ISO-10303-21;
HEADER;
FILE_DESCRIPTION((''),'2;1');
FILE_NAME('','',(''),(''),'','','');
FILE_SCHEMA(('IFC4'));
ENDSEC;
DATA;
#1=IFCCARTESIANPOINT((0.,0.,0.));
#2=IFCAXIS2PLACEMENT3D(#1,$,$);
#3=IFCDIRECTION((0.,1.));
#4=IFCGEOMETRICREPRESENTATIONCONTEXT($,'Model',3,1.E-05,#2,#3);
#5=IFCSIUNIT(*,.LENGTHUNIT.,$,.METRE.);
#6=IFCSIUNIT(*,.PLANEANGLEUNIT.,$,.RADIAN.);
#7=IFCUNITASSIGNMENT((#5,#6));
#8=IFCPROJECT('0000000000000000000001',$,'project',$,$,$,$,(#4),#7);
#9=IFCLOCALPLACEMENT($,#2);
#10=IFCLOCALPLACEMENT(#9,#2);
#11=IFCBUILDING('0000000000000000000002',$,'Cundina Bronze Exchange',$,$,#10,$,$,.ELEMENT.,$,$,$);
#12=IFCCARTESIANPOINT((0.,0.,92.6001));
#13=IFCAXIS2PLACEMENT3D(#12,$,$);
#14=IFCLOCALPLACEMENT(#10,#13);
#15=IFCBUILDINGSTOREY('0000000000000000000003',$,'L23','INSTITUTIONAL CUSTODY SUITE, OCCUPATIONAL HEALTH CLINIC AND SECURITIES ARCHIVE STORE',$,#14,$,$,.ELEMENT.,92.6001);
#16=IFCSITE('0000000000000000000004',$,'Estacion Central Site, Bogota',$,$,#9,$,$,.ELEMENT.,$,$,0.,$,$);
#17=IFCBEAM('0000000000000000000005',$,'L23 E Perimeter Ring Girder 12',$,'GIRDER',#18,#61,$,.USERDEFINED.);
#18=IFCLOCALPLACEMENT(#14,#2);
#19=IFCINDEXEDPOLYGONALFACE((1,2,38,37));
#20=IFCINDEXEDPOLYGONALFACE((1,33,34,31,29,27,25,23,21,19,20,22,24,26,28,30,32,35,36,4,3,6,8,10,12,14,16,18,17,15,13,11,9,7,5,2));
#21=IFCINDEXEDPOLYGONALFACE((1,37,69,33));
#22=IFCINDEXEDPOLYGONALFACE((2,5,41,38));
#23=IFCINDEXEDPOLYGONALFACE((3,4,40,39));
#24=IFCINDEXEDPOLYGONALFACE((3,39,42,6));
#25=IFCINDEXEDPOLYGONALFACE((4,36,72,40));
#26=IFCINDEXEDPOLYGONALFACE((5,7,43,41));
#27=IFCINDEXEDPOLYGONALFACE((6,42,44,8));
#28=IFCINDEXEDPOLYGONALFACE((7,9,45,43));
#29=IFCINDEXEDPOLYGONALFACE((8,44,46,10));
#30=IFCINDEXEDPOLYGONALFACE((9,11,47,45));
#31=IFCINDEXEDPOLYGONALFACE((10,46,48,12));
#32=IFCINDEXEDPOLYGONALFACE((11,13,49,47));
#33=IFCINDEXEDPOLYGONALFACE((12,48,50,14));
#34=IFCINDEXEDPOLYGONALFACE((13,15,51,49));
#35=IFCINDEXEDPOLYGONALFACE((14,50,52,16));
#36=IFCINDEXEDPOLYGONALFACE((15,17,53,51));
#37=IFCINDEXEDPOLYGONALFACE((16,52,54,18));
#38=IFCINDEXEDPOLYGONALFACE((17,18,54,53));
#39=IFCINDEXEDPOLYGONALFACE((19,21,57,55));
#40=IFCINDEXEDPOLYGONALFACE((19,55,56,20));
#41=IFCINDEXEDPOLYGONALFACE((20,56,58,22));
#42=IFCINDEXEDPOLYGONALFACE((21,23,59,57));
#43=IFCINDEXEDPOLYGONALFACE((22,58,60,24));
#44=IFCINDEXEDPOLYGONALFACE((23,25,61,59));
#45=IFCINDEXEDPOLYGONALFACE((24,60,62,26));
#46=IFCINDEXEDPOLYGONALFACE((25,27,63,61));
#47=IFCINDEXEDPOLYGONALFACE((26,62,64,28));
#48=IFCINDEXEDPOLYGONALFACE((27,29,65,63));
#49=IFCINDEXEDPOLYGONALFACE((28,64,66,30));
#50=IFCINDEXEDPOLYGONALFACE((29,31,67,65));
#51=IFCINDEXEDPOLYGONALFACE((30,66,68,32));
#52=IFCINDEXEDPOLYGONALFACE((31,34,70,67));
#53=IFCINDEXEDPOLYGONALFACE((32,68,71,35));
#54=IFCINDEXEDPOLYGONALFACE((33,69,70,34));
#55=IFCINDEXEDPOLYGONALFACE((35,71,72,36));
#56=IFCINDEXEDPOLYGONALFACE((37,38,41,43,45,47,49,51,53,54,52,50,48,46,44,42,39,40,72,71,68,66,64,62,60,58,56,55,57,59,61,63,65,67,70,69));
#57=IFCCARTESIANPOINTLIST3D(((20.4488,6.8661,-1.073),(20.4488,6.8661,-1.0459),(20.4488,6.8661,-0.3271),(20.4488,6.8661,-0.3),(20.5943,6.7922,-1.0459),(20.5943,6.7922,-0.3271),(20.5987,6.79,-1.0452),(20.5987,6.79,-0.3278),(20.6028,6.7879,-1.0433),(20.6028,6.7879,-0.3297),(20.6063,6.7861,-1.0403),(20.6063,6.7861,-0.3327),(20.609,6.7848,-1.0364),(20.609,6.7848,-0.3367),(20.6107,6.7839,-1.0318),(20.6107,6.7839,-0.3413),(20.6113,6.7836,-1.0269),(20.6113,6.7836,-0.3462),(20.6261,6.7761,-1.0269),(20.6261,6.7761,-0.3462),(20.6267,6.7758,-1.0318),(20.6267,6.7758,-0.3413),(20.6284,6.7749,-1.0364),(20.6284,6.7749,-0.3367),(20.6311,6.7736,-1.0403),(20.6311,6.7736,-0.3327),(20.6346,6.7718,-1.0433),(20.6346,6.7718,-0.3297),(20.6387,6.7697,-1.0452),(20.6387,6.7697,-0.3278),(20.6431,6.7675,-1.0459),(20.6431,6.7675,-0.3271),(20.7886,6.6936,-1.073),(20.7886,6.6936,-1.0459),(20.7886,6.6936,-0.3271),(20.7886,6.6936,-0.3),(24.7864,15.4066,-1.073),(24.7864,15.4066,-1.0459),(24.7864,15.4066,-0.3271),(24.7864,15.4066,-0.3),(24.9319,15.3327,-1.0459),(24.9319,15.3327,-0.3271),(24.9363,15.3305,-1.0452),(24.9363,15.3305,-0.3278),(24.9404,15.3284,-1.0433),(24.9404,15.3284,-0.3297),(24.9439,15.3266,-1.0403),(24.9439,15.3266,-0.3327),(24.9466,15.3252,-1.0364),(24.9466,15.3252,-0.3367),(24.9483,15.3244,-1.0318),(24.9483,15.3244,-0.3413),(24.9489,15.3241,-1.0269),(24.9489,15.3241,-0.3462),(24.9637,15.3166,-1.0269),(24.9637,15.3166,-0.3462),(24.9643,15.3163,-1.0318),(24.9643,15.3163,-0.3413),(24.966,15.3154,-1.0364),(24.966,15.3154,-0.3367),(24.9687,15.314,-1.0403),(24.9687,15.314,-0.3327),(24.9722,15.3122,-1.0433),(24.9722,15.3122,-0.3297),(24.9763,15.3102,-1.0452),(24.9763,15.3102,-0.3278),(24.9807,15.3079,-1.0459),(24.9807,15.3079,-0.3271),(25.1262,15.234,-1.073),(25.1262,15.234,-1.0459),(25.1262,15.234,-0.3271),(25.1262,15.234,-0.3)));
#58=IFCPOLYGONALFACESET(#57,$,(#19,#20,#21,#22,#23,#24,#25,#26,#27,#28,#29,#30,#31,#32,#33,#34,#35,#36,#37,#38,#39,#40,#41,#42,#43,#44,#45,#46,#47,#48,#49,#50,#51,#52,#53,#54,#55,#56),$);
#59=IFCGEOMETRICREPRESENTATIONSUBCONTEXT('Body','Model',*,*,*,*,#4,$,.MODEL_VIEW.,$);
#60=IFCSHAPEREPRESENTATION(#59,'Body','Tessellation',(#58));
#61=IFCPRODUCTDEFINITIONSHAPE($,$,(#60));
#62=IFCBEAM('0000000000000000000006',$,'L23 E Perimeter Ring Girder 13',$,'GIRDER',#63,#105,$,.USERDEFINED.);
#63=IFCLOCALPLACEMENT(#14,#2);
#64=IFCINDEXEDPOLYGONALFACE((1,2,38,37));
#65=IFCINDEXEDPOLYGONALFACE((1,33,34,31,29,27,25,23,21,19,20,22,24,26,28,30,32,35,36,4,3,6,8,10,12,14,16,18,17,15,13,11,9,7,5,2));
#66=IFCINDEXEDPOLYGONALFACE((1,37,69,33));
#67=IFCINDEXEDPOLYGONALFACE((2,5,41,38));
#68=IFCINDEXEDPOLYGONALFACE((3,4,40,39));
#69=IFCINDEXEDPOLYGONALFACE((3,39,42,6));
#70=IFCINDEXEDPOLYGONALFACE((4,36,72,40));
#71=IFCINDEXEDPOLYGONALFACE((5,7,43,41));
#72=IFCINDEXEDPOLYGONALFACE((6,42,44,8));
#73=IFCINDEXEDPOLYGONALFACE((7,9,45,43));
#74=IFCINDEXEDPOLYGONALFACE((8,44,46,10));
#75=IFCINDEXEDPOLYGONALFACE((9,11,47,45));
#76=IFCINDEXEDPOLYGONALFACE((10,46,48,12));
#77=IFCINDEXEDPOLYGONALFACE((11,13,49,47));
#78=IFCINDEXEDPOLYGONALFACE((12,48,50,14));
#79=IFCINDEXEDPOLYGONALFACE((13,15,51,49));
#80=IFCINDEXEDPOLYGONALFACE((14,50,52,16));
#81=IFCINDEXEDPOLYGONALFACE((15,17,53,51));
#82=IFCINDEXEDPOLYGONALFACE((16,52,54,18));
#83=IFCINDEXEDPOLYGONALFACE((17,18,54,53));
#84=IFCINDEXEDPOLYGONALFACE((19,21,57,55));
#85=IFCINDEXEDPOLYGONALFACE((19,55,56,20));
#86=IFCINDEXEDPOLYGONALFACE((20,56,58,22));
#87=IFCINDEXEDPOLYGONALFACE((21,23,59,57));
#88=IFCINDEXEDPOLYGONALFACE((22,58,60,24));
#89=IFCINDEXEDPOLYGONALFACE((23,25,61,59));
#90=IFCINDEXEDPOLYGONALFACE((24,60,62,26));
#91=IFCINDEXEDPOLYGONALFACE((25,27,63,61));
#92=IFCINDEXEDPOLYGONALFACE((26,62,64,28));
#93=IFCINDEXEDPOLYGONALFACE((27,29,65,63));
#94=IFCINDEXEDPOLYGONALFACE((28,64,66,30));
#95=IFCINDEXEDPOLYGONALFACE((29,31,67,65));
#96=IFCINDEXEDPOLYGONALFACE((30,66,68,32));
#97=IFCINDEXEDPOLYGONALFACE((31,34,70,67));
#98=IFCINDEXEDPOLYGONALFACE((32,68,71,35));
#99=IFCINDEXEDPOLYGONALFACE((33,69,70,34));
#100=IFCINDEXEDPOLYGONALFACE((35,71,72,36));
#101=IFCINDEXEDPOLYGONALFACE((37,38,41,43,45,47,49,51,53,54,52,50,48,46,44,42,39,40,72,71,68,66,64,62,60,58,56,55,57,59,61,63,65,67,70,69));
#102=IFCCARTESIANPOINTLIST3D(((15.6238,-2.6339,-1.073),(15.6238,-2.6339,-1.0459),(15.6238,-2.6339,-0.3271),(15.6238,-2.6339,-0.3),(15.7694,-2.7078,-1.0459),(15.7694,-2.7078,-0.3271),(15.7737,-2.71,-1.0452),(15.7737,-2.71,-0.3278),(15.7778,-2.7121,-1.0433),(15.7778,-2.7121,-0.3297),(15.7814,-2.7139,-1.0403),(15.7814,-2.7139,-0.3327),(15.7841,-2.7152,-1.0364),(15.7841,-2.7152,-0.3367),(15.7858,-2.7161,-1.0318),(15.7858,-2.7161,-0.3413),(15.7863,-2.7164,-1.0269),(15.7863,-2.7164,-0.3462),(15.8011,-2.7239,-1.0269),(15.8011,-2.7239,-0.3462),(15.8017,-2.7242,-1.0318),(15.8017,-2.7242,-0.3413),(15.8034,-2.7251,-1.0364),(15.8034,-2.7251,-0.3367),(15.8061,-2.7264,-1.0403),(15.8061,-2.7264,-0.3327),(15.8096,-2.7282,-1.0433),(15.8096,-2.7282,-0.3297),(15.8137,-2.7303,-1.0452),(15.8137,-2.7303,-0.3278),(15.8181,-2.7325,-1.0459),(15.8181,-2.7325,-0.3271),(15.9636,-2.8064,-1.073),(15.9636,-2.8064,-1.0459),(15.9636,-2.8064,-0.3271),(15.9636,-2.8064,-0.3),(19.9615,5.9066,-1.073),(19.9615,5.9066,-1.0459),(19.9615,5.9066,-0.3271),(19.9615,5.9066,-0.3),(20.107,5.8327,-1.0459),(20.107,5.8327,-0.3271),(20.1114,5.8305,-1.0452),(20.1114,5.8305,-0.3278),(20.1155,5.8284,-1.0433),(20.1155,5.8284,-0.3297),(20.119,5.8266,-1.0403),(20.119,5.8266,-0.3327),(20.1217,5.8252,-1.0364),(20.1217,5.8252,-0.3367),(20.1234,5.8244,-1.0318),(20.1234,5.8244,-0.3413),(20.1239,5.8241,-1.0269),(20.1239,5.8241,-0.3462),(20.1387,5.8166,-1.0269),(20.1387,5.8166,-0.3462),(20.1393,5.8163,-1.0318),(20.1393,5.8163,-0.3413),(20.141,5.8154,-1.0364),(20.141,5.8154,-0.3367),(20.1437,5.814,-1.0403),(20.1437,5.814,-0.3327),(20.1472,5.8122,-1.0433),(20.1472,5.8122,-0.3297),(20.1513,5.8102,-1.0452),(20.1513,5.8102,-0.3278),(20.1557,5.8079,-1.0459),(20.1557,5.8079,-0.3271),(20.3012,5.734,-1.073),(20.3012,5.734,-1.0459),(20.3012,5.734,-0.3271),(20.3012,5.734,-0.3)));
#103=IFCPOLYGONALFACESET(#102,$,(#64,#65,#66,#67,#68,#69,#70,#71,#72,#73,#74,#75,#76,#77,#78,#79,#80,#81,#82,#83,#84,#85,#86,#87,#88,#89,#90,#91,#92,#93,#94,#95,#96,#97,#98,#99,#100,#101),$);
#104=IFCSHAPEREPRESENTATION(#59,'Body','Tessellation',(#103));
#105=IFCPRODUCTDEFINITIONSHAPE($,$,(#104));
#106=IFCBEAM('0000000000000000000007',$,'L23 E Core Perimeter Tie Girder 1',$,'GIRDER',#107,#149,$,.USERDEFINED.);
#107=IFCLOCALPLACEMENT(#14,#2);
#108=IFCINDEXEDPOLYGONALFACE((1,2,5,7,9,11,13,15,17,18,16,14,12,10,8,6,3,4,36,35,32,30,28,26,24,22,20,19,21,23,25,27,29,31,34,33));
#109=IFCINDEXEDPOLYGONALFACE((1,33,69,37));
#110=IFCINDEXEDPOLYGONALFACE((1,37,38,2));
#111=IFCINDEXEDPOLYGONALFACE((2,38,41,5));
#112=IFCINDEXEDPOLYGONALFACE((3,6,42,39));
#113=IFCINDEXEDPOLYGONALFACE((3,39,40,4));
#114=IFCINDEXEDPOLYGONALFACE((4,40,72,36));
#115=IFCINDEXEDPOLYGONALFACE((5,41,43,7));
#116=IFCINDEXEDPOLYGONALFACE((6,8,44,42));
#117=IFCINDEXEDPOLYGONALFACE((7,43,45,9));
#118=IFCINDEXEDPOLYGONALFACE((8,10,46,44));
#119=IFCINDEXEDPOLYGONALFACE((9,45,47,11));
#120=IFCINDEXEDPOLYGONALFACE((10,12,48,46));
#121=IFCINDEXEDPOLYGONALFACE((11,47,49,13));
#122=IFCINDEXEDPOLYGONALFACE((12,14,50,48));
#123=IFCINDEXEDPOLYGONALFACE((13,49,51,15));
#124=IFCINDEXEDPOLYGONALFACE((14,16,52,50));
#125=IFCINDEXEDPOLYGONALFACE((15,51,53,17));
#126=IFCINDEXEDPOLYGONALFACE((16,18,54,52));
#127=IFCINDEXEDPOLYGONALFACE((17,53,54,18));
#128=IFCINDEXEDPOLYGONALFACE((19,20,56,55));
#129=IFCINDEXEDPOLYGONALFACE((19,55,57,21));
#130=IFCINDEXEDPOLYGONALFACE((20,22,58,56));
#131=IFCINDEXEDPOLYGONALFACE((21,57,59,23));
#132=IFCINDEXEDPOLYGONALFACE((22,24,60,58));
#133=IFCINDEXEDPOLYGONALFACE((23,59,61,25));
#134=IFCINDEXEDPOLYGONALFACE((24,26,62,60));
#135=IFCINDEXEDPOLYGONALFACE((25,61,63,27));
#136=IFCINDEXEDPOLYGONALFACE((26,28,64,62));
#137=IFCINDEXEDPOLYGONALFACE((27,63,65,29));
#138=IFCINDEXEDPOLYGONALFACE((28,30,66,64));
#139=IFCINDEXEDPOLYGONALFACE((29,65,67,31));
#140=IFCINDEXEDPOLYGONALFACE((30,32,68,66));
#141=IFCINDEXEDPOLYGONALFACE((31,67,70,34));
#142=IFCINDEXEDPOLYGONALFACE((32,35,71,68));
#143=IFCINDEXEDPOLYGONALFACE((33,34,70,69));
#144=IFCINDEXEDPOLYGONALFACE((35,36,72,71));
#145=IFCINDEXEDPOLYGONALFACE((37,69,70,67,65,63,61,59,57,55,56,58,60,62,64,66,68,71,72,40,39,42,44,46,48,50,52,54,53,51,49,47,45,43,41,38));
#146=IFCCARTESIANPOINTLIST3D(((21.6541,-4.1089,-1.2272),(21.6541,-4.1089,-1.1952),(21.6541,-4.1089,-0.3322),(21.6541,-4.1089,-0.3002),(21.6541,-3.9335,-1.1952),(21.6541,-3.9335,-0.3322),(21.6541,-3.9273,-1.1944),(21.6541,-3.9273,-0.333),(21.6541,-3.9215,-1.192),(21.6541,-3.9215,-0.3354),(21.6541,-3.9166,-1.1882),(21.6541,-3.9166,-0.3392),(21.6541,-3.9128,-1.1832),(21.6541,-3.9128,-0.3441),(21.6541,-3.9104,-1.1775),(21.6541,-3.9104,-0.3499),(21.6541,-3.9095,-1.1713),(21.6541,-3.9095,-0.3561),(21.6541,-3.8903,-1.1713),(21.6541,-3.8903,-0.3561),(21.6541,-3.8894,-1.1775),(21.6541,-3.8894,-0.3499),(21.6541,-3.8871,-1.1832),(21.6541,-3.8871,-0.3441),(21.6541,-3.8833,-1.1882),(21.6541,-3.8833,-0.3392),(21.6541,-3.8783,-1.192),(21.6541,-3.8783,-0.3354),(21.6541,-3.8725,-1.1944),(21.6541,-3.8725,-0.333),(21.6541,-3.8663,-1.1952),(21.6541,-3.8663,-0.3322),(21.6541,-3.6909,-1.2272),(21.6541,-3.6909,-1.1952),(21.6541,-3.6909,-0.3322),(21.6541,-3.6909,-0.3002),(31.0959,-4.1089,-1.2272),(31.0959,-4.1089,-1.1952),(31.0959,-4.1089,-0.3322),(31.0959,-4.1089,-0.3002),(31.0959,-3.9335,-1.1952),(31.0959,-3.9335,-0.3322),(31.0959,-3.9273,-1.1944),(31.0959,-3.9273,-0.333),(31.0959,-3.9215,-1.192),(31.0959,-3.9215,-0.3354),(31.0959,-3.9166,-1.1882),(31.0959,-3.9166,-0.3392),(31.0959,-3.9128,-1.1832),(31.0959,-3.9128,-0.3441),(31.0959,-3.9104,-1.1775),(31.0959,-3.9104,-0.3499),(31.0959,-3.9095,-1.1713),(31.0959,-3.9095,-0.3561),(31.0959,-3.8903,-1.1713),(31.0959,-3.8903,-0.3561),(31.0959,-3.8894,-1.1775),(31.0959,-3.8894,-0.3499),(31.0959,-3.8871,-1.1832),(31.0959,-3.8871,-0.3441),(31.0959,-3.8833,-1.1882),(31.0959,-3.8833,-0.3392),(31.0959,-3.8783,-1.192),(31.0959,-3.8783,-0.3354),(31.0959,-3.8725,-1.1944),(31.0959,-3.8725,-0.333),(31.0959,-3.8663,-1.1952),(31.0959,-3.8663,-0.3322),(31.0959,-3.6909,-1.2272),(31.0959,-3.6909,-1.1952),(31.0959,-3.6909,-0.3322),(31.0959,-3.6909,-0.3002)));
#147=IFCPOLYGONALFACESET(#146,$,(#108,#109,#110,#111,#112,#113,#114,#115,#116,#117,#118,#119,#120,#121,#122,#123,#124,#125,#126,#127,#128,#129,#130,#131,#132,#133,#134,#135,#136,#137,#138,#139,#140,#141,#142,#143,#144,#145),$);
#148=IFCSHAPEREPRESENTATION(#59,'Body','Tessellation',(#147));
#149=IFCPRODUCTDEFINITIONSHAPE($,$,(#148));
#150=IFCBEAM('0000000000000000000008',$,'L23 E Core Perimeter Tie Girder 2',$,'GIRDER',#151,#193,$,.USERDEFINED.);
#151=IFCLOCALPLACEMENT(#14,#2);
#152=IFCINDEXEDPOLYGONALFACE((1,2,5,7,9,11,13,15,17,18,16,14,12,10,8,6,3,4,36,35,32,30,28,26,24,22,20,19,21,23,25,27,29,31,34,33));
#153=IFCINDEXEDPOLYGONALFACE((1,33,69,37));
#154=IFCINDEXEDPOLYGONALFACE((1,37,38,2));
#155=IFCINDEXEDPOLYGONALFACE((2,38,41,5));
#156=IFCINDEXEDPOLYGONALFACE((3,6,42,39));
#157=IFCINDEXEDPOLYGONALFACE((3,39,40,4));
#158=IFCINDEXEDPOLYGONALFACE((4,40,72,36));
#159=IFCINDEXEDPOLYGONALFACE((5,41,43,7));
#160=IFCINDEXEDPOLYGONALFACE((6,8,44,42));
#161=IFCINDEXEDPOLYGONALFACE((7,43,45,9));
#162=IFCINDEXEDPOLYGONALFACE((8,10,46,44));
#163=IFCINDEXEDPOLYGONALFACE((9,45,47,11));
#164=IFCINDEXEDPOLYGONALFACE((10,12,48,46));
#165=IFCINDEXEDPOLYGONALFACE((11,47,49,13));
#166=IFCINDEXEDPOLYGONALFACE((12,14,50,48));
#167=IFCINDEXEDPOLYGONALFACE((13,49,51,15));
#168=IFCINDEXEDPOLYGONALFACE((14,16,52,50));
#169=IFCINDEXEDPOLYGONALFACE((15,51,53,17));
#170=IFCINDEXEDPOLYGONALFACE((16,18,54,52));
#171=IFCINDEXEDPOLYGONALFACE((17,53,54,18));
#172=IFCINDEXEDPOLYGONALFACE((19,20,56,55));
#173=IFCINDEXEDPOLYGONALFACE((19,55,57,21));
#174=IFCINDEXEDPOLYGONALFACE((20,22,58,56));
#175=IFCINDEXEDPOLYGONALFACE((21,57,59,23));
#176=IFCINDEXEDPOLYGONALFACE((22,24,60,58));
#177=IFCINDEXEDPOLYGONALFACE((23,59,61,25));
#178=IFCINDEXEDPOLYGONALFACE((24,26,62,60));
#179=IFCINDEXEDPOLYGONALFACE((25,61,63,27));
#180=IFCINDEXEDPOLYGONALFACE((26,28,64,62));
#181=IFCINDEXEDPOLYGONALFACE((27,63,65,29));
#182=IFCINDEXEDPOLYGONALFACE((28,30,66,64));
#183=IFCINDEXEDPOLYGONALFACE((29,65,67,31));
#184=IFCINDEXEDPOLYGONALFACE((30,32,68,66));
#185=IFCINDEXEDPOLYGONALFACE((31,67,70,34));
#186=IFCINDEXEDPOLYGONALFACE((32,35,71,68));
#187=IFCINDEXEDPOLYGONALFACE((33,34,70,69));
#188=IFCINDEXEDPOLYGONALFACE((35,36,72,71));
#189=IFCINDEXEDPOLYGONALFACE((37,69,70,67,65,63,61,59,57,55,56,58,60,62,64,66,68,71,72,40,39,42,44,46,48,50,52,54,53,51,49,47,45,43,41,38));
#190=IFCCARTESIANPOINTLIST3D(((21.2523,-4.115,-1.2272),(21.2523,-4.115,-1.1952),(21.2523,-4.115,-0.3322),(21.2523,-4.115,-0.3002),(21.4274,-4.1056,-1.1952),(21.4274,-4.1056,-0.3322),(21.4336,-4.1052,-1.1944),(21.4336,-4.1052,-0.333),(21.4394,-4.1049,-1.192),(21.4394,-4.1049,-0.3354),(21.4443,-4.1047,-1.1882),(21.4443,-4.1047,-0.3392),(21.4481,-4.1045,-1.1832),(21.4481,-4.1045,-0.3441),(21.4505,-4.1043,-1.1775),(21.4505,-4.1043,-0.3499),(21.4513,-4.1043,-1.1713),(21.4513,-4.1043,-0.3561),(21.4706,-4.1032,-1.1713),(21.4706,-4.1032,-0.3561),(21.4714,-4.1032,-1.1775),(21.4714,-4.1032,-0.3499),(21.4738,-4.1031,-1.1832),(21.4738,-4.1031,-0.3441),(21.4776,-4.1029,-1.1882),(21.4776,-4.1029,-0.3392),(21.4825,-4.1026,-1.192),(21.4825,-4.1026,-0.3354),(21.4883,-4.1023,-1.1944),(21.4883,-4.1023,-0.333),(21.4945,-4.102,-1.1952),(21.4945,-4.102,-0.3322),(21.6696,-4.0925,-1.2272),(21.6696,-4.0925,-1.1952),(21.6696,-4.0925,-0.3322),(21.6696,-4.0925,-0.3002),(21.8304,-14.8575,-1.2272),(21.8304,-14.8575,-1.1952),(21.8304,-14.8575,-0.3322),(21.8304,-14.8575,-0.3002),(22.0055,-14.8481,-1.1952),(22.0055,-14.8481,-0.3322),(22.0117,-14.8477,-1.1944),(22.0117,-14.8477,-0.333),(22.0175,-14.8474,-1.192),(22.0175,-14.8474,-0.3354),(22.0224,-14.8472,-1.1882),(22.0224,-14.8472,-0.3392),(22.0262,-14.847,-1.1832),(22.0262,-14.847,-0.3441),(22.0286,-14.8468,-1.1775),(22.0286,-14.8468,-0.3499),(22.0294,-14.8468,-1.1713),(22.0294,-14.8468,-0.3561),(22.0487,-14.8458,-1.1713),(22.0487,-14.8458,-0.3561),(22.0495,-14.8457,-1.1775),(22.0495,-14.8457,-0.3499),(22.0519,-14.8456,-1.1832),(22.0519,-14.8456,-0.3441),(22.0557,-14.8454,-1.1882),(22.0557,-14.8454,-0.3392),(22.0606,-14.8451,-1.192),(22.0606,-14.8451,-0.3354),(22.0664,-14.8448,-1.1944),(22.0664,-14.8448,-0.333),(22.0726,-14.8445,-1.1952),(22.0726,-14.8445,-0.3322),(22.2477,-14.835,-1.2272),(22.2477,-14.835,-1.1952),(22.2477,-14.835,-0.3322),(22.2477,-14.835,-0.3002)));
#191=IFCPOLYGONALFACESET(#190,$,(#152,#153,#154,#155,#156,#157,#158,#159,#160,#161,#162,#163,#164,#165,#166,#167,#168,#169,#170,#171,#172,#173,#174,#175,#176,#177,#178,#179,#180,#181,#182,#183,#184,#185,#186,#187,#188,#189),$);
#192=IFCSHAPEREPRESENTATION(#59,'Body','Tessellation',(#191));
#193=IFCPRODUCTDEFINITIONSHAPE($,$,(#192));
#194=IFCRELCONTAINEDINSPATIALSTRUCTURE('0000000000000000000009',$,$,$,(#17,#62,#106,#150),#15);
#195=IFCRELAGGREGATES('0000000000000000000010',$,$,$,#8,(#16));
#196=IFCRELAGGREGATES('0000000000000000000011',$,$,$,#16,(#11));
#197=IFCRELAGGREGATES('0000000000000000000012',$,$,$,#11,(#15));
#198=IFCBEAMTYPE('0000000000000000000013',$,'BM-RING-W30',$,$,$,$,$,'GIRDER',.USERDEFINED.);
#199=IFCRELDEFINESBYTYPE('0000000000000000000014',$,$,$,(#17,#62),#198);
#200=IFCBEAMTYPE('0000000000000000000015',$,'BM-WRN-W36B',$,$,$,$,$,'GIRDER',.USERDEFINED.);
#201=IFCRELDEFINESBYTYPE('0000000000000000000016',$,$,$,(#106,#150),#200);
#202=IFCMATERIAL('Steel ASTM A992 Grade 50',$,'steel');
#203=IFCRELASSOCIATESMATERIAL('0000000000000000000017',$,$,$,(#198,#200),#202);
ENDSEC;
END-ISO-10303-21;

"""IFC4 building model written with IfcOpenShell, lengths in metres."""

from ifc_helpers import new_model, si_unit, direction, frame, origin, origin_2d, place, context, subcontext, project, spatial, i_section, extrude, material, material_profile, profile_set, type_object, element, save


model = new_model("IFC4")

# Units and contexts
model_context = context("Model", 3, precision=1e-05, world=origin(), true_north=direction((0.0, 1.0)))
body_context = subcontext(model_context, "Body", "Model", "MODEL_VIEW")
ifc_project = project(units=[si_unit("LENGTHUNIT", "METRE"), si_unit("PLANEANGLEUNIT", "RADIAN")], contexts=[model_context])

# Site, building, storey
site_placement = place(None, origin())
site = spatial("IfcSite", under=ifc_project, at=site_placement, Name="Estacion Central Site, Bogota", CompositionType="ELEMENT", RefElevation=0.0)
building_placement = place(site_placement, origin())
building = spatial("IfcBuilding", under=site, at=building_placement, Name="Cundina Bronze Exchange", CompositionType="ELEMENT")
storey_placement = place(building_placement, frame((0.0, 0.0, 92.6001)))
storey = spatial("IfcBuildingStorey", under=building, at=storey_placement, Name="L23", Description="INSTITUTIONAL CUSTODY SUITE, OCCUPATIONAL HEALTH CLINIC AND SECURITIES ARCHIVE STORE", CompositionType="ELEMENT", Elevation=92.6001)

# Shared definitions
ifc_material_1 = material(Name="Steel ASTM A992 Grade 50", Category="steel")

# Beams
ifc_material_profile_1 = material_profile(ifc_material_1, i_section(OverallWidth=0.3811, OverallDepth=0.7729, WebThickness=0.0166, FlangeThickness=0.0271, FilletRadius=0.019, at=origin_2d()), Name="W30X173", Category="steel")
ifc_profile_set_1 = profile_set([ifc_material_profile_1], Name="Steel ASTM A992 Grade 50")
beam_type_1 = type_object("IfcBeamType", Name="BM-RING-W30", ElementType="GIRDER", PredefinedType="USERDEFINED", material=ifc_profile_set_1)
for number, where, z_axis, x_axis, name in (
    (1, (24.9563, 15.3203, -0.6865), (-0.452832, -0.891596, 0.0), (0.891596, -0.452832, 0.0), "L23 E Perimeter Ring Girder 12"),
    (2, (20.1313, 5.8203, -0.6865), (-0.452832, -0.891596, 0.0), (0.891596, -0.452832, 0.0), "L23 E Perimeter Ring Girder 13"),
):
    element("IfcBeam", number, at=place(storey_placement, frame(where, z_axis=z_axis, x_axis=x_axis)), inside=storey, type_object=beam_type_1, Name=name, ObjectType="GIRDER", PredefinedType="USERDEFINED", context=body_context, shape_type="SweptSolid", body=[
        extrude(i_section(OverallWidth=0.3811, OverallDepth=0.7729, WebThickness=0.0166, FlangeThickness=0.0271, FilletRadius=0.019, at=origin_2d()), origin(), (0.0, 0.0, 1.0), 9.5789),
    ])
ifc_material_profile_2 = material_profile(ifc_material_1, i_section(OverallWidth=0.418, OverallDepth=0.927, WebThickness=0.0193, FlangeThickness=0.032, FilletRadius=0.0239, at=origin_2d()), Name="W36X231", Category="steel")
ifc_profile_set_2 = profile_set([ifc_material_profile_2], Name="Steel ASTM A992 Grade 50")
beam_type_2 = type_object("IfcBeamType", Name="BM-WRN-W36B", ElementType="GIRDER", PredefinedType="USERDEFINED", material=ifc_profile_set_2)
beam_1_placement = place(storey_placement, frame((31.0959, -3.8999, -0.7637), z_axis=(-1.0, 0.0, 0.0), x_axis=(0.0, -1.0, 0.0)))
element("IfcBeam", 3, at=beam_1_placement, inside=storey, type_object=beam_type_2, Name="L23 E Core Perimeter Tie Girder 1", ObjectType="GIRDER", PredefinedType="USERDEFINED", context=body_context, shape_type="SweptSolid", body=[
    extrude(i_section(OverallWidth=0.418, OverallDepth=0.927, WebThickness=0.0193, FlangeThickness=0.032, FilletRadius=0.0239, at=origin_2d()), origin(), (0.0, 0.0, 1.0), 9.4419),
])
beam_2_placement = place(storey_placement, frame((21.4609, -4.1038, -0.7637), z_axis=(0.053739, -0.998555, 0.0), x_axis=(0.998555, 0.053739, 0.0)))
element("IfcBeam", 4, at=beam_2_placement, inside=storey, type_object=beam_type_2, Name="L23 E Core Perimeter Tie Girder 2", ObjectType="GIRDER", PredefinedType="USERDEFINED", context=body_context, shape_type="SweptSolid", body=[
    extrude(i_section(OverallWidth=0.418, OverallDepth=0.927, WebThickness=0.0193, FlangeThickness=0.032, FilletRadius=0.0239, at=origin_2d()), origin(), (0.0, 0.0, 1.0), 10.7581),
])

save(model, "model.ifc")
